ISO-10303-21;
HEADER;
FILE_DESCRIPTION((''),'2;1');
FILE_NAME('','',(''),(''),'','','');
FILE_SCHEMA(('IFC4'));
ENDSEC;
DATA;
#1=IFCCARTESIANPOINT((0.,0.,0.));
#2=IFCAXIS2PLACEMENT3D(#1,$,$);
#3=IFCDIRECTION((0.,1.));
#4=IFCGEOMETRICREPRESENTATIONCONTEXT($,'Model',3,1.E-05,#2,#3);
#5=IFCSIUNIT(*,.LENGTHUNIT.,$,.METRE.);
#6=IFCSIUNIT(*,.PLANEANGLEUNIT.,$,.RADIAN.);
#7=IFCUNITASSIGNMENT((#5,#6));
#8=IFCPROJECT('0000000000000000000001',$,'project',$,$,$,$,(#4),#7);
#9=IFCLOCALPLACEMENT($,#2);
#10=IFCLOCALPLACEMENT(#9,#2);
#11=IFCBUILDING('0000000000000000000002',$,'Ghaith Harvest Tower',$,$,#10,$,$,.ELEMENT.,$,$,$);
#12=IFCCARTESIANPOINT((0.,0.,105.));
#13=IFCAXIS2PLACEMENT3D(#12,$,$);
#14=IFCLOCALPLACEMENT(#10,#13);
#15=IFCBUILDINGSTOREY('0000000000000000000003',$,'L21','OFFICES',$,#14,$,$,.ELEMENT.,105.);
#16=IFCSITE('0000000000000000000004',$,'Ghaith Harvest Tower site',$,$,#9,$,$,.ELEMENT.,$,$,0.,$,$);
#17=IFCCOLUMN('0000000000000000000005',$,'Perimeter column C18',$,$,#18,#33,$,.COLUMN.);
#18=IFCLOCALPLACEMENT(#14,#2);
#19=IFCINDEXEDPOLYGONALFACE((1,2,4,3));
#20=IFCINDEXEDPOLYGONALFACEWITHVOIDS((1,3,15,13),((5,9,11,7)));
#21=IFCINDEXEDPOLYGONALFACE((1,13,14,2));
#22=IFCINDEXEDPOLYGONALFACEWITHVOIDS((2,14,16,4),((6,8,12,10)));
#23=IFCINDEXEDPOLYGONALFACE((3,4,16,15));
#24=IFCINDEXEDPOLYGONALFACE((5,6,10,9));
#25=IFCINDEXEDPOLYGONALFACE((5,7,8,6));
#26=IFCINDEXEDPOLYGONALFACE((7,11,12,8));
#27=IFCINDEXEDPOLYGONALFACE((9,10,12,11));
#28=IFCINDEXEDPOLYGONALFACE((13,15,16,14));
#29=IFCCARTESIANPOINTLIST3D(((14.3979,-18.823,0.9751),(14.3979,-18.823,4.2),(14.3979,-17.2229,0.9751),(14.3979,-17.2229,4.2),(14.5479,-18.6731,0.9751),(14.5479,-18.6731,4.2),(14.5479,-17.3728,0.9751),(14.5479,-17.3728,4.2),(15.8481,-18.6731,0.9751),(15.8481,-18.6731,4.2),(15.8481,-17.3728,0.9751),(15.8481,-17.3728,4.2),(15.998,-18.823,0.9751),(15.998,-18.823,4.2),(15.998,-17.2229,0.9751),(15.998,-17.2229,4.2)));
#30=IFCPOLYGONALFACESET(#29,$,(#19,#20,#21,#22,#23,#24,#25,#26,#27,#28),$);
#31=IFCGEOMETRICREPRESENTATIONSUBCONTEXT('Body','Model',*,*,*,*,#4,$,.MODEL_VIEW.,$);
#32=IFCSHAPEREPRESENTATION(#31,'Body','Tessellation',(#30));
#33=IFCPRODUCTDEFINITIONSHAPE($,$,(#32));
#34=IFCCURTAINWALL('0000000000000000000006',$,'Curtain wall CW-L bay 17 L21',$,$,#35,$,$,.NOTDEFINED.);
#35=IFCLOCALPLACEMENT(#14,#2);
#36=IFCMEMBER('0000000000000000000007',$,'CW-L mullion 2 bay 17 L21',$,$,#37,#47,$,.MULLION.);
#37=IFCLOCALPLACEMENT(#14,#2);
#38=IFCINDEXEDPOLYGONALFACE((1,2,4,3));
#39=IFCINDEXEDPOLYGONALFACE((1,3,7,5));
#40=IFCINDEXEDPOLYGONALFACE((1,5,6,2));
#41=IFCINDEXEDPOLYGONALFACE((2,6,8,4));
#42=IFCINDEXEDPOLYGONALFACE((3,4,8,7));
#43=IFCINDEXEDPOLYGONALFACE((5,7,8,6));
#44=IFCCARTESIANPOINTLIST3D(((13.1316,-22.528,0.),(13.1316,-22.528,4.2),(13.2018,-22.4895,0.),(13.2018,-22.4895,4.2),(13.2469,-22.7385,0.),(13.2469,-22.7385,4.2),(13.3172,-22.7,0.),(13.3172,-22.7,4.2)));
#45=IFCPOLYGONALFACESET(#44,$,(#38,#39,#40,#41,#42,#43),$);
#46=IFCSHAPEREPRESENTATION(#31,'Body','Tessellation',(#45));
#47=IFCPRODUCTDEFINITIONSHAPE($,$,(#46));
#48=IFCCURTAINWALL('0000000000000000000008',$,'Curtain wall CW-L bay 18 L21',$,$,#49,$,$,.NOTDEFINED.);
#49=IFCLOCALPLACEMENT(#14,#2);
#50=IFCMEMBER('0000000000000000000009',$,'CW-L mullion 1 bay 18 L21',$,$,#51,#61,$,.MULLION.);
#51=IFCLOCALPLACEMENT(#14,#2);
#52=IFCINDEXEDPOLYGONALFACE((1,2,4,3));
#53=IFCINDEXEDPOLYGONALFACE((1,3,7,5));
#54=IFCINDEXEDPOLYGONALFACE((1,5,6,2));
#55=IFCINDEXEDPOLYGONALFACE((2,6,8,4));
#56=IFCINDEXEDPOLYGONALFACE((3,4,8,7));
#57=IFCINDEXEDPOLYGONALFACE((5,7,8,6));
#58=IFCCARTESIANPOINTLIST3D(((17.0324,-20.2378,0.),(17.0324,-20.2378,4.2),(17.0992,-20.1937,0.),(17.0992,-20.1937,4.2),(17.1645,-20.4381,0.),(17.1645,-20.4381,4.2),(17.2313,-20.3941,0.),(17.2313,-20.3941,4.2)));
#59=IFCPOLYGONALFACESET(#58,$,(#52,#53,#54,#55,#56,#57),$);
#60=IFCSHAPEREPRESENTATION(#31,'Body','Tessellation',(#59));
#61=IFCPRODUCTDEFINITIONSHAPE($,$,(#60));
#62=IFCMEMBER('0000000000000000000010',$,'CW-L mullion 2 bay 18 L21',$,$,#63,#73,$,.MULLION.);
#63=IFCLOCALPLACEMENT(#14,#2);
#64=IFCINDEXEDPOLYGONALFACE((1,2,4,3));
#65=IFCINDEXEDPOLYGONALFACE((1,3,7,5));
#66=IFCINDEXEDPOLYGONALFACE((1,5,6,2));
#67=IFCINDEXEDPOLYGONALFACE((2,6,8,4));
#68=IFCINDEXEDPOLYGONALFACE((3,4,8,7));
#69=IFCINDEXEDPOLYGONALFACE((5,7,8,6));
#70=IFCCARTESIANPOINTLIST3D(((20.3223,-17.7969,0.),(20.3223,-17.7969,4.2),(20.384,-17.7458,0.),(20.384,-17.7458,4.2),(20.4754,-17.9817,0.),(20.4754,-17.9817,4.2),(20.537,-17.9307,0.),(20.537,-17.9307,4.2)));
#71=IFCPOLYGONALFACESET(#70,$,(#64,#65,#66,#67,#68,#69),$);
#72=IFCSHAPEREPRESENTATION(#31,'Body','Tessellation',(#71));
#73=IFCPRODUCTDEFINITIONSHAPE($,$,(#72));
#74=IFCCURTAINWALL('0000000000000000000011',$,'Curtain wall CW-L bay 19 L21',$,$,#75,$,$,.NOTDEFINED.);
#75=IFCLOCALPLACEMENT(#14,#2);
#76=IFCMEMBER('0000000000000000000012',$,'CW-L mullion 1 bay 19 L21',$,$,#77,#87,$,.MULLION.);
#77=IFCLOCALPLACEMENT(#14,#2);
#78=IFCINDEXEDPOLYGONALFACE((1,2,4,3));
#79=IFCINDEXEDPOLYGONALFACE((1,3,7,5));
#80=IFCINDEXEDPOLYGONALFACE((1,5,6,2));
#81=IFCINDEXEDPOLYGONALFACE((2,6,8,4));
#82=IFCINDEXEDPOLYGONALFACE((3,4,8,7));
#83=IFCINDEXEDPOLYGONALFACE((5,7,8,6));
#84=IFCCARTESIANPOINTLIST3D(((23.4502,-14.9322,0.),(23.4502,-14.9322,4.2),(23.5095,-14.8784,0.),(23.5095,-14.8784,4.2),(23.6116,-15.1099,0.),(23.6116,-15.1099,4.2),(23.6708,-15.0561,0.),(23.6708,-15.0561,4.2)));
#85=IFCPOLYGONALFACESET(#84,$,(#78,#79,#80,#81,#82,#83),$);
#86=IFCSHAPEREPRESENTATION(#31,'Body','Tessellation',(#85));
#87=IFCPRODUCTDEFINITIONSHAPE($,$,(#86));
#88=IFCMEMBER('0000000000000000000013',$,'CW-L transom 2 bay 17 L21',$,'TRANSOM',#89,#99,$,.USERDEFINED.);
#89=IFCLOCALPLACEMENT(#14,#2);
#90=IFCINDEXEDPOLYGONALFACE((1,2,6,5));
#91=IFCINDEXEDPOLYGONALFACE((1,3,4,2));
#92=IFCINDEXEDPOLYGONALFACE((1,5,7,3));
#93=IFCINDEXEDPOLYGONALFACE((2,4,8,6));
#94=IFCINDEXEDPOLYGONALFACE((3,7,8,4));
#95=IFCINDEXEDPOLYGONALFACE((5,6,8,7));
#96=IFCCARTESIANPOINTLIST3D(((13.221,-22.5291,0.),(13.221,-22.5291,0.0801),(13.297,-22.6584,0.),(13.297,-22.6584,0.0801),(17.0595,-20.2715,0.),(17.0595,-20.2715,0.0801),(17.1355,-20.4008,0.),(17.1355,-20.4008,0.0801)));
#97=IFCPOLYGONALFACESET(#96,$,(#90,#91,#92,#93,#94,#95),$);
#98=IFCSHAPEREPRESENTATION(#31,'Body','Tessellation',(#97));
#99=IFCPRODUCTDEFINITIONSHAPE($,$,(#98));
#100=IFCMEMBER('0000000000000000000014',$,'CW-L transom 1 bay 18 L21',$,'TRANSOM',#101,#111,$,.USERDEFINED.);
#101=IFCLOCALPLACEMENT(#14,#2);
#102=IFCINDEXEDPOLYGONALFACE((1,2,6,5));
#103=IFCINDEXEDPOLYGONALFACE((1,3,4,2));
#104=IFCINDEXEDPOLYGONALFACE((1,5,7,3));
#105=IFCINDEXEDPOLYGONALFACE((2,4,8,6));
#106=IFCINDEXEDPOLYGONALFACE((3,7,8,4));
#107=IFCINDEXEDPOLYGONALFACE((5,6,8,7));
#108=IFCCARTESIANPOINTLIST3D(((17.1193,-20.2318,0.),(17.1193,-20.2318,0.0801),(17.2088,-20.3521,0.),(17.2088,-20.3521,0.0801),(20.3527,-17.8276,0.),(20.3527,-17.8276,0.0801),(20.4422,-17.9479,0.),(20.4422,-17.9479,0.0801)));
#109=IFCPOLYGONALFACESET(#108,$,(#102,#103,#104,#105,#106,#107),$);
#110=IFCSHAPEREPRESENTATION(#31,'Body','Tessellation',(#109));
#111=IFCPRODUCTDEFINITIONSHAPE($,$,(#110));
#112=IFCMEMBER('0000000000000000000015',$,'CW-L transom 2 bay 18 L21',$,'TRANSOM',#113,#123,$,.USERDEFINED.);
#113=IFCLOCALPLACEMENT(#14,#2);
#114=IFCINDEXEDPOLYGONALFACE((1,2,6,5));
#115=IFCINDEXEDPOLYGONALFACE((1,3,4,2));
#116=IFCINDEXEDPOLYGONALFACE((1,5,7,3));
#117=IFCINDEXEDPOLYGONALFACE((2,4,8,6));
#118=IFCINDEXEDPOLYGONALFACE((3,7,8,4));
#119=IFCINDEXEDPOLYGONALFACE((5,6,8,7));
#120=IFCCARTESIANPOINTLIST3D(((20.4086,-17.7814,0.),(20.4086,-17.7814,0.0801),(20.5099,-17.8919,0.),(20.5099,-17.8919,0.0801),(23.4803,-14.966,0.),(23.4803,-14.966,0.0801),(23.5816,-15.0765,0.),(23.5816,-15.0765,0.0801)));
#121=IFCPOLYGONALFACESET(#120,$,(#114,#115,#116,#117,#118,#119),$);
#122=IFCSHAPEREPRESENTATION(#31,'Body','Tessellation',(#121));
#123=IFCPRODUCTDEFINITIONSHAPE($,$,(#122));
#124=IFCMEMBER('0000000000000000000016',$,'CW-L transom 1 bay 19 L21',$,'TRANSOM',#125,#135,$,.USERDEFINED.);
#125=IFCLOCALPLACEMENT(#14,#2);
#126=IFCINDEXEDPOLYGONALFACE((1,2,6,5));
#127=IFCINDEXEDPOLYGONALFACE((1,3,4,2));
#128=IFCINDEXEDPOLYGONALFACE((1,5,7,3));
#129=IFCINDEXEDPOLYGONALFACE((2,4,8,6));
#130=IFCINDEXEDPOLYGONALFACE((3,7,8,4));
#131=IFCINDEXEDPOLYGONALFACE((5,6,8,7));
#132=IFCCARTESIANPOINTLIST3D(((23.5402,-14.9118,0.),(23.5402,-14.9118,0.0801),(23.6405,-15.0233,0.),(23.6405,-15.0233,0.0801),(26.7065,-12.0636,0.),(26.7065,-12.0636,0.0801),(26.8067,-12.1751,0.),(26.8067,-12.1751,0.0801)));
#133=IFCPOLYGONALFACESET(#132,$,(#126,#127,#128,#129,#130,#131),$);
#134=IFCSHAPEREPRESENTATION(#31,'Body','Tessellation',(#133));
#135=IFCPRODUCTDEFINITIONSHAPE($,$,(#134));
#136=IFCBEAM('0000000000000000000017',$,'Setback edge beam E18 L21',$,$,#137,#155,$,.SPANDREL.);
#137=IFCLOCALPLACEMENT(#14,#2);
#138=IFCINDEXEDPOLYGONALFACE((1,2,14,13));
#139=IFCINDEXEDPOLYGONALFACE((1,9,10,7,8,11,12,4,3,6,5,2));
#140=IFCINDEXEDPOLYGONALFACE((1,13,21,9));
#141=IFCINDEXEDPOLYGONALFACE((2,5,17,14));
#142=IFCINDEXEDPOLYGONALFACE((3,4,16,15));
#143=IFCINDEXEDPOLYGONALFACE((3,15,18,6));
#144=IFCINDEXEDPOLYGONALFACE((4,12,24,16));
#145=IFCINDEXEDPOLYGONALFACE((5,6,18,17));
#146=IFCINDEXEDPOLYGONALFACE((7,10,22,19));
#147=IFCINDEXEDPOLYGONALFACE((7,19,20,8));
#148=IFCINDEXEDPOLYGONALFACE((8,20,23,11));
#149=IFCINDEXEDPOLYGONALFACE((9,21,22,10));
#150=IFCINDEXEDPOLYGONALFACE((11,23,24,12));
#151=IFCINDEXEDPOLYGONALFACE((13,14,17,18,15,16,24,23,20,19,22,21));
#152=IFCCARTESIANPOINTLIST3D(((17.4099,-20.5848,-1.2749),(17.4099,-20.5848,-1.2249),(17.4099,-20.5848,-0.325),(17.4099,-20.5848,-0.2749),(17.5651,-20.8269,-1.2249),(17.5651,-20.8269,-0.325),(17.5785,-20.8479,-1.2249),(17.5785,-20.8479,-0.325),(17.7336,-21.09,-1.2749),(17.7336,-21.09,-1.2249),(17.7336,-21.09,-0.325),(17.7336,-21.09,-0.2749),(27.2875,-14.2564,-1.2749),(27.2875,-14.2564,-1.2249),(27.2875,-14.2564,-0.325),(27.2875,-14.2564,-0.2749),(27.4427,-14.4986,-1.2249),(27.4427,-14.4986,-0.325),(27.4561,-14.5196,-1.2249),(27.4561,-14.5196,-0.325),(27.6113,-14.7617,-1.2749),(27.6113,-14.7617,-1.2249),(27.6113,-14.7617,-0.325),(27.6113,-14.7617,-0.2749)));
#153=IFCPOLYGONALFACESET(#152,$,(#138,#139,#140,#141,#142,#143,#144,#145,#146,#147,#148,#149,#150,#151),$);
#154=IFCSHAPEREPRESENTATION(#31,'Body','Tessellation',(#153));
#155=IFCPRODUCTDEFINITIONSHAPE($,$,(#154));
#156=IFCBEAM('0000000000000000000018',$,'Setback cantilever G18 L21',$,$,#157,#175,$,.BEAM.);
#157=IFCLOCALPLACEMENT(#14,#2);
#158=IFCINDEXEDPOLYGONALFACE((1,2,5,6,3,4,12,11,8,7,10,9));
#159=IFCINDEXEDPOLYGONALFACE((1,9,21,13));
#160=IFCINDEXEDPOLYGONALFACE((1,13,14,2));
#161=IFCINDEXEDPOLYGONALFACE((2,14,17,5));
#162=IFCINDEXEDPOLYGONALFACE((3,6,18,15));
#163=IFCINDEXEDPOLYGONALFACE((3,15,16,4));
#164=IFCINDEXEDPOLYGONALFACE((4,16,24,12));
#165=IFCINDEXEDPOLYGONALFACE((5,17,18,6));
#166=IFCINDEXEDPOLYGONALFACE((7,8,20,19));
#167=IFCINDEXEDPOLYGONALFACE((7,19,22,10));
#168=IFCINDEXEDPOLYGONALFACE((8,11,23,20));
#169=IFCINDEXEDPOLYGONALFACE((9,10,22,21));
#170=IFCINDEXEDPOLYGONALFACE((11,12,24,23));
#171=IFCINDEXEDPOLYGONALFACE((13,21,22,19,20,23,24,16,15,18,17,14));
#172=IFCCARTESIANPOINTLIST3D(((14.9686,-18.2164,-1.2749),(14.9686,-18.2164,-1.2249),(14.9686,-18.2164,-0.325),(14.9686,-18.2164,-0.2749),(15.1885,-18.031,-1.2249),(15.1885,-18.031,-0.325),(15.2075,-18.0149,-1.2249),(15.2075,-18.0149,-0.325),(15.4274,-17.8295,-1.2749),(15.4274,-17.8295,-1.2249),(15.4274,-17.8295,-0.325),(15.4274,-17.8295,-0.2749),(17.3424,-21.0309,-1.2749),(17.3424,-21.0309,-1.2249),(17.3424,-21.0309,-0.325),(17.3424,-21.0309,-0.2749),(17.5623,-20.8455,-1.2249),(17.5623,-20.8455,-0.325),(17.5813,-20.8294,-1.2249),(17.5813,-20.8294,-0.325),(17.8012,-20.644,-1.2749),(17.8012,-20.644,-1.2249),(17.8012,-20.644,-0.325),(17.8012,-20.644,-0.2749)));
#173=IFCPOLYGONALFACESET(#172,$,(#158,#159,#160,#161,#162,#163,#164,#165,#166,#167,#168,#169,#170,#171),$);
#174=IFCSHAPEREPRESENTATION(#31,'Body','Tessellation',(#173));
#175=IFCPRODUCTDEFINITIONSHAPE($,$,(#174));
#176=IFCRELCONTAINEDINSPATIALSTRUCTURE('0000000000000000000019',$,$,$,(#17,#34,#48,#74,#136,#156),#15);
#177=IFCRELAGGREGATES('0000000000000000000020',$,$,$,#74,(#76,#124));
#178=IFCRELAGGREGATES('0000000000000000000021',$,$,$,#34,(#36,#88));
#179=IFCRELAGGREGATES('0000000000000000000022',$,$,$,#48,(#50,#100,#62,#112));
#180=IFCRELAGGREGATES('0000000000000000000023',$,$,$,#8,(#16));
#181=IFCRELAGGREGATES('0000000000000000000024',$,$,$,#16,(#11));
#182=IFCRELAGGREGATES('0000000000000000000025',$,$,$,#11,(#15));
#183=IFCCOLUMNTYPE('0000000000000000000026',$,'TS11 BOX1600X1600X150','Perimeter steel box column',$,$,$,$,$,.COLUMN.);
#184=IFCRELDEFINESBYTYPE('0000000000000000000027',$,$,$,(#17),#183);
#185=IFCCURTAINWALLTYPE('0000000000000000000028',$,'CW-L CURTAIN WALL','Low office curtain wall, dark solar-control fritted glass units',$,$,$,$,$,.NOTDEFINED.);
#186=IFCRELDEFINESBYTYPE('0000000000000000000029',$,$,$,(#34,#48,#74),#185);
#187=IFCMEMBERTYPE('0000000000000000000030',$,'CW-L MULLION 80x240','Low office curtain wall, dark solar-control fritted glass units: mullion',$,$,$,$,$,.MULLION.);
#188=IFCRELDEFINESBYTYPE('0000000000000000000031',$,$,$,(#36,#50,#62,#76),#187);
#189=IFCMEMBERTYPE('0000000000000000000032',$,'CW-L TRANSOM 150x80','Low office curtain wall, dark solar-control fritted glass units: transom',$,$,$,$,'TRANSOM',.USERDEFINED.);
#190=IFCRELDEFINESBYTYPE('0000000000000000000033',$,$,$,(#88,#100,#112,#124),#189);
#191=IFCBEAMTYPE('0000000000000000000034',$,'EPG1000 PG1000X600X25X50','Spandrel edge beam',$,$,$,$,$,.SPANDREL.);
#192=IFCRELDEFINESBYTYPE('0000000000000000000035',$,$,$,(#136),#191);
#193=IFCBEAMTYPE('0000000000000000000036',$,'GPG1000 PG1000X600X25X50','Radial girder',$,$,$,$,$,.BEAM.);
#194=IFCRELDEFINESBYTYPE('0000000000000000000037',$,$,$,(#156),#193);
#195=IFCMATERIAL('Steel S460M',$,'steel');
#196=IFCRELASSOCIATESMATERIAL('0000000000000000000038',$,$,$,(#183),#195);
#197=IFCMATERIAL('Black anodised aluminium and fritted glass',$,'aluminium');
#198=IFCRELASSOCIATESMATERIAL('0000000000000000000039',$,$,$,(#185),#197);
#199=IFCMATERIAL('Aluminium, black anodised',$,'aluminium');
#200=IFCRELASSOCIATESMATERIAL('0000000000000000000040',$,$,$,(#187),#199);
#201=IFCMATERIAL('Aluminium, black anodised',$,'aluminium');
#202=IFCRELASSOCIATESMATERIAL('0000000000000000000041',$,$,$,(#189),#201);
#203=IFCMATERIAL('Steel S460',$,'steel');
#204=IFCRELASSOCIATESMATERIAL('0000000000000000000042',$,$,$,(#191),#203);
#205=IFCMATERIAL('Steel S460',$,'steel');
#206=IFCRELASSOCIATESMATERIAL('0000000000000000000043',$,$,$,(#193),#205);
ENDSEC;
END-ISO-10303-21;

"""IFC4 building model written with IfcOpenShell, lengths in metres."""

from ifc_helpers import new_model, si_unit, direction, frame, origin, origin_2d, place, context, subcontext, project, spatial, rectangle, hollow_rectangle, i_section, extrude, material, material_profile, profile_set, type_object, element, aggregate, save


model = new_model("IFC4")

# Units and contexts
model_context = context("Model", 3, precision=1e-05, world=origin(), true_north=direction((0.0, 1.0)))
body_context = subcontext(model_context, "Body", "Model", "MODEL_VIEW")
ifc_project = project(units=[si_unit("LENGTHUNIT", "METRE"), si_unit("PLANEANGLEUNIT", "RADIAN")], contexts=[model_context])

# Site, building, storey
site_placement = place(None, origin())
site = spatial("IfcSite", under=ifc_project, at=site_placement, Name="Ghaith Harvest Tower site", CompositionType="ELEMENT", RefElevation=0.0)
building_placement = place(site_placement, origin())
building = spatial("IfcBuilding", under=site, at=building_placement, Name="Ghaith Harvest Tower", CompositionType="ELEMENT")
storey_placement = place(building_placement, frame((0.0, 0.0, 105.0)))
storey = spatial("IfcBuildingStorey", under=building, at=storey_placement, Name="L21", Description="OFFICES", CompositionType="ELEMENT", Elevation=105.0)

# Column
ifc_material_1 = material(Name="Steel S460M", Category="steel")
ifc_material_profile_1 = material_profile(ifc_material_1, hollow_rectangle(XDim=1.6001, YDim=1.6001, WallThickness=0.1499, at=origin_2d()), Name="BOX1600X1600X150")
ifc_profile_set_1 = profile_set([ifc_material_profile_1], Name="Steel S460M")
column_type = type_object("IfcColumnType", Name="TS11 BOX1600X1600X150", Description="Perimeter steel box column", PredefinedType="COLUMN", material=ifc_profile_set_1)
column_placement = place(storey_placement, frame((15.198, -18.0229, 0.9751), z_axis=(0.0, 0.0, 1.0), x_axis=(1.0, 0.0, 0.0)))
element("IfcColumn", 1, at=column_placement, inside=storey, type_object=column_type, Name="Perimeter column C18", PredefinedType="COLUMN", context=body_context, shape_type="SweptSolid", body=[
    extrude(hollow_rectangle(XDim=1.6001, YDim=1.6001, WallThickness=0.1499, at=origin_2d()), origin(), (0.0, 0.0, 1.0), 3.2249),
])

# Curtain wall, member
ifc_material_2 = material(Name="Black anodised aluminium and fritted glass", Category="aluminium")
curtain_wall_type = type_object("IfcCurtainWallType", Name="CW-L CURTAIN WALL", Description="Low office curtain wall, dark solar-control fritted glass units", PredefinedType="NOTDEFINED", material=ifc_material_2)
curtain_wall_1_placement = place(storey_placement, origin())
curtain_wall_1 = element("IfcCurtainWall", 2, at=curtain_wall_1_placement, inside=storey, type_object=curtain_wall_type, Name="Curtain wall CW-L bay 17 L21", PredefinedType="NOTDEFINED")
ifc_material_3 = material(Name="Aluminium, black anodised", Category="aluminium")
ifc_material_profile_2 = material_profile(ifc_material_3, rectangle(XDim=0.0801, YDim=0.24, at=origin_2d()), Name="CW-L MULLION 80x240")
ifc_profile_set_2 = profile_set([ifc_material_profile_2], Name="Aluminium, black anodised")
member_type_1 = type_object("IfcMemberType", Name="CW-L MULLION 80x240", Description="Low office curtain wall, dark solar-control fritted glass units: mullion", PredefinedType="MULLION", material=ifc_profile_set_2)
member_1_placement = place(storey_placement, frame((13.2244, -22.614, 0.0), z_axis=(0.0, 0.0, 1.0), x_axis=(0.876899, 0.480675, 0.0)))
member_1 = element("IfcMember", 3, at=member_1_placement, type_object=member_type_1, Name="CW-L mullion 2 bay 17 L21", PredefinedType="MULLION", context=body_context, shape_type="SweptSolid", body=[
    extrude(rectangle(XDim=0.0801, YDim=0.24, at=origin_2d()), origin(), (0.0, 0.0, 1.0), 4.2),
])

# Curtain wall, members
curtain_wall_2_placement = place(storey_placement, origin())
curtain_wall_2 = element("IfcCurtainWall", 4, at=curtain_wall_2_placement, inside=storey, type_object=curtain_wall_type, Name="Curtain wall CW-L bay 18 L21", PredefinedType="NOTDEFINED")
member_2_placement = place(storey_placement, frame((17.1318, -20.3159, 0.0), z_axis=(0.0, 0.0, 1.0), x_axis=(0.834887, 0.550421, 0.0)))
member_2 = element("IfcMember", 5, at=member_2_placement, type_object=member_type_1, Name="CW-L mullion 1 bay 18 L21", PredefinedType="MULLION", context=body_context, shape_type="SweptSolid", body=[
    extrude(rectangle(XDim=0.0801, YDim=0.24, at=origin_2d()), origin(), (0.0, 0.0, 1.0), 4.2),
])
member_3_placement = place(storey_placement, frame((20.4297, -17.8638, 0.0), z_axis=(0.0, 0.0, 1.0), x_axis=(0.770306, 0.637674, 0.0)))
member_3 = element("IfcMember", 6, at=member_3_placement, type_object=member_type_1, Name="CW-L mullion 2 bay 18 L21", PredefinedType="MULLION", context=body_context, shape_type="SweptSolid", body=[
    extrude(rectangle(XDim=0.0801, YDim=0.24, at=origin_2d()), origin(), (0.0, 0.0, 1.0), 4.2),
])

# Curtain wall, member
curtain_wall_3_placement = place(storey_placement, origin())
curtain_wall_3 = element("IfcCurtainWall", 7, at=curtain_wall_3_placement, inside=storey, type_object=curtain_wall_type, Name="Curtain wall CW-L bay 19 L21", PredefinedType="NOTDEFINED")
member_4_placement = place(storey_placement, frame((23.5605, -14.9941, 0.0), z_axis=(0.0, 0.0, 1.0), x_axis=(0.740389, 0.672179, 0.0)))
member_4 = element("IfcMember", 8, at=member_4_placement, type_object=member_type_1, Name="CW-L mullion 1 bay 19 L21", PredefinedType="MULLION", context=body_context, shape_type="SweptSolid", body=[
    extrude(rectangle(XDim=0.0801, YDim=0.24, at=origin_2d()), origin(), (0.0, 0.0, 1.0), 4.2),
])

# Members
ifc_material_4 = material(Name="Aluminium, black anodised", Category="aluminium")
ifc_material_profile_3 = material_profile(ifc_material_4, rectangle(XDim=0.1499, YDim=0.0801, at=origin_2d()), Name="CW-L TRANSOM 150x80")
ifc_profile_set_3 = profile_set([ifc_material_profile_3], Name="Aluminium, black anodised")
member_type_2 = type_object("IfcMemberType", Name="CW-L TRANSOM 150x80", Description="Low office curtain wall, dark solar-control fritted glass units: transom", ElementType="TRANSOM", PredefinedType="USERDEFINED", material=ifc_profile_set_3)
member_5_placement = place(storey_placement, frame((13.259, -22.5938, 0.04), z_axis=(0.861964, 0.50697, 0.0), x_axis=(-0.50697, 0.861964, 0.0)))
member_5 = element("IfcMember", 9, at=member_5_placement, type_object=member_type_2, Name="CW-L transom 2 bay 17 L21", ObjectType="TRANSOM", PredefinedType="USERDEFINED", context=body_context, shape_type="SweptSolid", body=[
    extrude(rectangle(XDim=0.1499, YDim=0.0801, at=origin_2d()), origin(), (0.0, 0.0, 1.0), 4.4531),
])
member_6_placement = place(storey_placement, frame((17.1641, -20.292, 0.04), z_axis=(0.802465, 0.596699, 0.0), x_axis=(-0.596699, 0.802465, 0.0)))
member_6 = element("IfcMember", 10, at=member_6_placement, type_object=member_type_2, Name="CW-L transom 1 bay 18 L21", ObjectType="TRANSOM", PredefinedType="USERDEFINED", context=body_context, shape_type="SweptSolid", body=[
    extrude(rectangle(XDim=0.1499, YDim=0.0801, at=origin_2d()), origin(), (0.0, 0.0, 1.0), 4.0293),
])
member_7_placement = place(storey_placement, frame((20.4592, -17.8367, 0.04), z_axis=(0.737198, 0.675677, 0.0), x_axis=(-0.675677, 0.737198, 0.0)))
member_7 = element("IfcMember", 11, at=member_7_placement, type_object=member_type_2, Name="CW-L transom 2 bay 18 L21", ObjectType="TRANSOM", PredefinedType="USERDEFINED", context=body_context, shape_type="SweptSolid", body=[
    extrude(rectangle(XDim=0.1499, YDim=0.0801, at=origin_2d()), origin(), (0.0, 0.0, 1.0), 4.1667),
])
member_8_placement = place(storey_placement, frame((23.5903, -14.9675, 0.04), z_axis=(0.743468, 0.668772, 0.0), x_axis=(-0.668772, 0.743468, 0.0)))
member_8 = element("IfcMember", 12, at=member_8_placement, type_object=member_type_2, Name="CW-L transom 1 bay 19 L21", ObjectType="TRANSOM", PredefinedType="USERDEFINED", context=body_context, shape_type="SweptSolid", body=[
    extrude(rectangle(XDim=0.1499, YDim=0.0801, at=origin_2d()), origin(), (0.0, 0.0, 1.0), 4.2588),
])
aggregate(curtain_wall_3, [member_4, member_8])

# Beams
ifc_material_5 = material(Name="Steel S460", Category="steel")
ifc_material_profile_4 = material_profile(ifc_material_5, i_section(OverallWidth=0.6001, OverallDepth=1.0, WebThickness=0.0249, FlangeThickness=0.05, at=origin_2d()), Name="PG1000X600X25X50")
ifc_profile_set_4 = profile_set([ifc_material_profile_4], Name="Steel S460")
beam_type_1 = type_object("IfcBeamType", Name="EPG1000 PG1000X600X25X50", Description="Spandrel edge beam", PredefinedType="SPANDREL", material=ifc_profile_set_4)
beam_1_placement = place(storey_placement, frame((17.5718, -20.8374, -0.7749), z_axis=(0.842014, 0.539456, 0.0), x_axis=(-0.539456, 0.842014, 0.0)))
element("IfcBeam", 13, at=beam_1_placement, inside=storey, type_object=beam_type_1, Name="Setback edge beam E18 L21", PredefinedType="SPANDREL", context=body_context, shape_type="SweptSolid", body=[
    extrude(i_section(OverallWidth=0.6001, OverallDepth=1.0, WebThickness=0.0249, FlangeThickness=0.05, at=origin_2d()), origin(), (0.0, 0.0, 1.0), 11.731),
])
ifc_material_6 = material(Name="Steel S460", Category="steel")
ifc_material_profile_5 = material_profile(ifc_material_6, i_section(OverallWidth=0.6001, OverallDepth=1.0, WebThickness=0.0249, FlangeThickness=0.05, at=origin_2d()), Name="PG1000X600X25X50")
ifc_profile_set_5 = profile_set([ifc_material_profile_5], Name="Steel S460")
beam_type_2 = type_object("IfcBeamType", Name="GPG1000 PG1000X600X25X50", Description="Radial girder", PredefinedType="BEAM", material=ifc_profile_set_5)
beam_2_placement = place(storey_placement, frame((15.198, -18.0229, -0.7749), z_axis=(0.644726, -0.764414, 0.0), x_axis=(0.764414, 0.644726, 0.0)))
element("IfcBeam", 14, at=beam_2_placement, inside=storey, type_object=beam_type_2, Name="Setback cantilever G18 L21", PredefinedType="BEAM", context=body_context, shape_type="SweptSolid", body=[
    extrude(i_section(OverallWidth=0.6001, OverallDepth=1.0, WebThickness=0.0249, FlangeThickness=0.05, at=origin_2d()), origin(), (0.0, 0.0, 1.0), 3.6819),
])

aggregate(curtain_wall_1, [member_1, member_5])
aggregate(curtain_wall_2, [member_2, member_6, member_3, member_7])

save(model, "model.ifc")
